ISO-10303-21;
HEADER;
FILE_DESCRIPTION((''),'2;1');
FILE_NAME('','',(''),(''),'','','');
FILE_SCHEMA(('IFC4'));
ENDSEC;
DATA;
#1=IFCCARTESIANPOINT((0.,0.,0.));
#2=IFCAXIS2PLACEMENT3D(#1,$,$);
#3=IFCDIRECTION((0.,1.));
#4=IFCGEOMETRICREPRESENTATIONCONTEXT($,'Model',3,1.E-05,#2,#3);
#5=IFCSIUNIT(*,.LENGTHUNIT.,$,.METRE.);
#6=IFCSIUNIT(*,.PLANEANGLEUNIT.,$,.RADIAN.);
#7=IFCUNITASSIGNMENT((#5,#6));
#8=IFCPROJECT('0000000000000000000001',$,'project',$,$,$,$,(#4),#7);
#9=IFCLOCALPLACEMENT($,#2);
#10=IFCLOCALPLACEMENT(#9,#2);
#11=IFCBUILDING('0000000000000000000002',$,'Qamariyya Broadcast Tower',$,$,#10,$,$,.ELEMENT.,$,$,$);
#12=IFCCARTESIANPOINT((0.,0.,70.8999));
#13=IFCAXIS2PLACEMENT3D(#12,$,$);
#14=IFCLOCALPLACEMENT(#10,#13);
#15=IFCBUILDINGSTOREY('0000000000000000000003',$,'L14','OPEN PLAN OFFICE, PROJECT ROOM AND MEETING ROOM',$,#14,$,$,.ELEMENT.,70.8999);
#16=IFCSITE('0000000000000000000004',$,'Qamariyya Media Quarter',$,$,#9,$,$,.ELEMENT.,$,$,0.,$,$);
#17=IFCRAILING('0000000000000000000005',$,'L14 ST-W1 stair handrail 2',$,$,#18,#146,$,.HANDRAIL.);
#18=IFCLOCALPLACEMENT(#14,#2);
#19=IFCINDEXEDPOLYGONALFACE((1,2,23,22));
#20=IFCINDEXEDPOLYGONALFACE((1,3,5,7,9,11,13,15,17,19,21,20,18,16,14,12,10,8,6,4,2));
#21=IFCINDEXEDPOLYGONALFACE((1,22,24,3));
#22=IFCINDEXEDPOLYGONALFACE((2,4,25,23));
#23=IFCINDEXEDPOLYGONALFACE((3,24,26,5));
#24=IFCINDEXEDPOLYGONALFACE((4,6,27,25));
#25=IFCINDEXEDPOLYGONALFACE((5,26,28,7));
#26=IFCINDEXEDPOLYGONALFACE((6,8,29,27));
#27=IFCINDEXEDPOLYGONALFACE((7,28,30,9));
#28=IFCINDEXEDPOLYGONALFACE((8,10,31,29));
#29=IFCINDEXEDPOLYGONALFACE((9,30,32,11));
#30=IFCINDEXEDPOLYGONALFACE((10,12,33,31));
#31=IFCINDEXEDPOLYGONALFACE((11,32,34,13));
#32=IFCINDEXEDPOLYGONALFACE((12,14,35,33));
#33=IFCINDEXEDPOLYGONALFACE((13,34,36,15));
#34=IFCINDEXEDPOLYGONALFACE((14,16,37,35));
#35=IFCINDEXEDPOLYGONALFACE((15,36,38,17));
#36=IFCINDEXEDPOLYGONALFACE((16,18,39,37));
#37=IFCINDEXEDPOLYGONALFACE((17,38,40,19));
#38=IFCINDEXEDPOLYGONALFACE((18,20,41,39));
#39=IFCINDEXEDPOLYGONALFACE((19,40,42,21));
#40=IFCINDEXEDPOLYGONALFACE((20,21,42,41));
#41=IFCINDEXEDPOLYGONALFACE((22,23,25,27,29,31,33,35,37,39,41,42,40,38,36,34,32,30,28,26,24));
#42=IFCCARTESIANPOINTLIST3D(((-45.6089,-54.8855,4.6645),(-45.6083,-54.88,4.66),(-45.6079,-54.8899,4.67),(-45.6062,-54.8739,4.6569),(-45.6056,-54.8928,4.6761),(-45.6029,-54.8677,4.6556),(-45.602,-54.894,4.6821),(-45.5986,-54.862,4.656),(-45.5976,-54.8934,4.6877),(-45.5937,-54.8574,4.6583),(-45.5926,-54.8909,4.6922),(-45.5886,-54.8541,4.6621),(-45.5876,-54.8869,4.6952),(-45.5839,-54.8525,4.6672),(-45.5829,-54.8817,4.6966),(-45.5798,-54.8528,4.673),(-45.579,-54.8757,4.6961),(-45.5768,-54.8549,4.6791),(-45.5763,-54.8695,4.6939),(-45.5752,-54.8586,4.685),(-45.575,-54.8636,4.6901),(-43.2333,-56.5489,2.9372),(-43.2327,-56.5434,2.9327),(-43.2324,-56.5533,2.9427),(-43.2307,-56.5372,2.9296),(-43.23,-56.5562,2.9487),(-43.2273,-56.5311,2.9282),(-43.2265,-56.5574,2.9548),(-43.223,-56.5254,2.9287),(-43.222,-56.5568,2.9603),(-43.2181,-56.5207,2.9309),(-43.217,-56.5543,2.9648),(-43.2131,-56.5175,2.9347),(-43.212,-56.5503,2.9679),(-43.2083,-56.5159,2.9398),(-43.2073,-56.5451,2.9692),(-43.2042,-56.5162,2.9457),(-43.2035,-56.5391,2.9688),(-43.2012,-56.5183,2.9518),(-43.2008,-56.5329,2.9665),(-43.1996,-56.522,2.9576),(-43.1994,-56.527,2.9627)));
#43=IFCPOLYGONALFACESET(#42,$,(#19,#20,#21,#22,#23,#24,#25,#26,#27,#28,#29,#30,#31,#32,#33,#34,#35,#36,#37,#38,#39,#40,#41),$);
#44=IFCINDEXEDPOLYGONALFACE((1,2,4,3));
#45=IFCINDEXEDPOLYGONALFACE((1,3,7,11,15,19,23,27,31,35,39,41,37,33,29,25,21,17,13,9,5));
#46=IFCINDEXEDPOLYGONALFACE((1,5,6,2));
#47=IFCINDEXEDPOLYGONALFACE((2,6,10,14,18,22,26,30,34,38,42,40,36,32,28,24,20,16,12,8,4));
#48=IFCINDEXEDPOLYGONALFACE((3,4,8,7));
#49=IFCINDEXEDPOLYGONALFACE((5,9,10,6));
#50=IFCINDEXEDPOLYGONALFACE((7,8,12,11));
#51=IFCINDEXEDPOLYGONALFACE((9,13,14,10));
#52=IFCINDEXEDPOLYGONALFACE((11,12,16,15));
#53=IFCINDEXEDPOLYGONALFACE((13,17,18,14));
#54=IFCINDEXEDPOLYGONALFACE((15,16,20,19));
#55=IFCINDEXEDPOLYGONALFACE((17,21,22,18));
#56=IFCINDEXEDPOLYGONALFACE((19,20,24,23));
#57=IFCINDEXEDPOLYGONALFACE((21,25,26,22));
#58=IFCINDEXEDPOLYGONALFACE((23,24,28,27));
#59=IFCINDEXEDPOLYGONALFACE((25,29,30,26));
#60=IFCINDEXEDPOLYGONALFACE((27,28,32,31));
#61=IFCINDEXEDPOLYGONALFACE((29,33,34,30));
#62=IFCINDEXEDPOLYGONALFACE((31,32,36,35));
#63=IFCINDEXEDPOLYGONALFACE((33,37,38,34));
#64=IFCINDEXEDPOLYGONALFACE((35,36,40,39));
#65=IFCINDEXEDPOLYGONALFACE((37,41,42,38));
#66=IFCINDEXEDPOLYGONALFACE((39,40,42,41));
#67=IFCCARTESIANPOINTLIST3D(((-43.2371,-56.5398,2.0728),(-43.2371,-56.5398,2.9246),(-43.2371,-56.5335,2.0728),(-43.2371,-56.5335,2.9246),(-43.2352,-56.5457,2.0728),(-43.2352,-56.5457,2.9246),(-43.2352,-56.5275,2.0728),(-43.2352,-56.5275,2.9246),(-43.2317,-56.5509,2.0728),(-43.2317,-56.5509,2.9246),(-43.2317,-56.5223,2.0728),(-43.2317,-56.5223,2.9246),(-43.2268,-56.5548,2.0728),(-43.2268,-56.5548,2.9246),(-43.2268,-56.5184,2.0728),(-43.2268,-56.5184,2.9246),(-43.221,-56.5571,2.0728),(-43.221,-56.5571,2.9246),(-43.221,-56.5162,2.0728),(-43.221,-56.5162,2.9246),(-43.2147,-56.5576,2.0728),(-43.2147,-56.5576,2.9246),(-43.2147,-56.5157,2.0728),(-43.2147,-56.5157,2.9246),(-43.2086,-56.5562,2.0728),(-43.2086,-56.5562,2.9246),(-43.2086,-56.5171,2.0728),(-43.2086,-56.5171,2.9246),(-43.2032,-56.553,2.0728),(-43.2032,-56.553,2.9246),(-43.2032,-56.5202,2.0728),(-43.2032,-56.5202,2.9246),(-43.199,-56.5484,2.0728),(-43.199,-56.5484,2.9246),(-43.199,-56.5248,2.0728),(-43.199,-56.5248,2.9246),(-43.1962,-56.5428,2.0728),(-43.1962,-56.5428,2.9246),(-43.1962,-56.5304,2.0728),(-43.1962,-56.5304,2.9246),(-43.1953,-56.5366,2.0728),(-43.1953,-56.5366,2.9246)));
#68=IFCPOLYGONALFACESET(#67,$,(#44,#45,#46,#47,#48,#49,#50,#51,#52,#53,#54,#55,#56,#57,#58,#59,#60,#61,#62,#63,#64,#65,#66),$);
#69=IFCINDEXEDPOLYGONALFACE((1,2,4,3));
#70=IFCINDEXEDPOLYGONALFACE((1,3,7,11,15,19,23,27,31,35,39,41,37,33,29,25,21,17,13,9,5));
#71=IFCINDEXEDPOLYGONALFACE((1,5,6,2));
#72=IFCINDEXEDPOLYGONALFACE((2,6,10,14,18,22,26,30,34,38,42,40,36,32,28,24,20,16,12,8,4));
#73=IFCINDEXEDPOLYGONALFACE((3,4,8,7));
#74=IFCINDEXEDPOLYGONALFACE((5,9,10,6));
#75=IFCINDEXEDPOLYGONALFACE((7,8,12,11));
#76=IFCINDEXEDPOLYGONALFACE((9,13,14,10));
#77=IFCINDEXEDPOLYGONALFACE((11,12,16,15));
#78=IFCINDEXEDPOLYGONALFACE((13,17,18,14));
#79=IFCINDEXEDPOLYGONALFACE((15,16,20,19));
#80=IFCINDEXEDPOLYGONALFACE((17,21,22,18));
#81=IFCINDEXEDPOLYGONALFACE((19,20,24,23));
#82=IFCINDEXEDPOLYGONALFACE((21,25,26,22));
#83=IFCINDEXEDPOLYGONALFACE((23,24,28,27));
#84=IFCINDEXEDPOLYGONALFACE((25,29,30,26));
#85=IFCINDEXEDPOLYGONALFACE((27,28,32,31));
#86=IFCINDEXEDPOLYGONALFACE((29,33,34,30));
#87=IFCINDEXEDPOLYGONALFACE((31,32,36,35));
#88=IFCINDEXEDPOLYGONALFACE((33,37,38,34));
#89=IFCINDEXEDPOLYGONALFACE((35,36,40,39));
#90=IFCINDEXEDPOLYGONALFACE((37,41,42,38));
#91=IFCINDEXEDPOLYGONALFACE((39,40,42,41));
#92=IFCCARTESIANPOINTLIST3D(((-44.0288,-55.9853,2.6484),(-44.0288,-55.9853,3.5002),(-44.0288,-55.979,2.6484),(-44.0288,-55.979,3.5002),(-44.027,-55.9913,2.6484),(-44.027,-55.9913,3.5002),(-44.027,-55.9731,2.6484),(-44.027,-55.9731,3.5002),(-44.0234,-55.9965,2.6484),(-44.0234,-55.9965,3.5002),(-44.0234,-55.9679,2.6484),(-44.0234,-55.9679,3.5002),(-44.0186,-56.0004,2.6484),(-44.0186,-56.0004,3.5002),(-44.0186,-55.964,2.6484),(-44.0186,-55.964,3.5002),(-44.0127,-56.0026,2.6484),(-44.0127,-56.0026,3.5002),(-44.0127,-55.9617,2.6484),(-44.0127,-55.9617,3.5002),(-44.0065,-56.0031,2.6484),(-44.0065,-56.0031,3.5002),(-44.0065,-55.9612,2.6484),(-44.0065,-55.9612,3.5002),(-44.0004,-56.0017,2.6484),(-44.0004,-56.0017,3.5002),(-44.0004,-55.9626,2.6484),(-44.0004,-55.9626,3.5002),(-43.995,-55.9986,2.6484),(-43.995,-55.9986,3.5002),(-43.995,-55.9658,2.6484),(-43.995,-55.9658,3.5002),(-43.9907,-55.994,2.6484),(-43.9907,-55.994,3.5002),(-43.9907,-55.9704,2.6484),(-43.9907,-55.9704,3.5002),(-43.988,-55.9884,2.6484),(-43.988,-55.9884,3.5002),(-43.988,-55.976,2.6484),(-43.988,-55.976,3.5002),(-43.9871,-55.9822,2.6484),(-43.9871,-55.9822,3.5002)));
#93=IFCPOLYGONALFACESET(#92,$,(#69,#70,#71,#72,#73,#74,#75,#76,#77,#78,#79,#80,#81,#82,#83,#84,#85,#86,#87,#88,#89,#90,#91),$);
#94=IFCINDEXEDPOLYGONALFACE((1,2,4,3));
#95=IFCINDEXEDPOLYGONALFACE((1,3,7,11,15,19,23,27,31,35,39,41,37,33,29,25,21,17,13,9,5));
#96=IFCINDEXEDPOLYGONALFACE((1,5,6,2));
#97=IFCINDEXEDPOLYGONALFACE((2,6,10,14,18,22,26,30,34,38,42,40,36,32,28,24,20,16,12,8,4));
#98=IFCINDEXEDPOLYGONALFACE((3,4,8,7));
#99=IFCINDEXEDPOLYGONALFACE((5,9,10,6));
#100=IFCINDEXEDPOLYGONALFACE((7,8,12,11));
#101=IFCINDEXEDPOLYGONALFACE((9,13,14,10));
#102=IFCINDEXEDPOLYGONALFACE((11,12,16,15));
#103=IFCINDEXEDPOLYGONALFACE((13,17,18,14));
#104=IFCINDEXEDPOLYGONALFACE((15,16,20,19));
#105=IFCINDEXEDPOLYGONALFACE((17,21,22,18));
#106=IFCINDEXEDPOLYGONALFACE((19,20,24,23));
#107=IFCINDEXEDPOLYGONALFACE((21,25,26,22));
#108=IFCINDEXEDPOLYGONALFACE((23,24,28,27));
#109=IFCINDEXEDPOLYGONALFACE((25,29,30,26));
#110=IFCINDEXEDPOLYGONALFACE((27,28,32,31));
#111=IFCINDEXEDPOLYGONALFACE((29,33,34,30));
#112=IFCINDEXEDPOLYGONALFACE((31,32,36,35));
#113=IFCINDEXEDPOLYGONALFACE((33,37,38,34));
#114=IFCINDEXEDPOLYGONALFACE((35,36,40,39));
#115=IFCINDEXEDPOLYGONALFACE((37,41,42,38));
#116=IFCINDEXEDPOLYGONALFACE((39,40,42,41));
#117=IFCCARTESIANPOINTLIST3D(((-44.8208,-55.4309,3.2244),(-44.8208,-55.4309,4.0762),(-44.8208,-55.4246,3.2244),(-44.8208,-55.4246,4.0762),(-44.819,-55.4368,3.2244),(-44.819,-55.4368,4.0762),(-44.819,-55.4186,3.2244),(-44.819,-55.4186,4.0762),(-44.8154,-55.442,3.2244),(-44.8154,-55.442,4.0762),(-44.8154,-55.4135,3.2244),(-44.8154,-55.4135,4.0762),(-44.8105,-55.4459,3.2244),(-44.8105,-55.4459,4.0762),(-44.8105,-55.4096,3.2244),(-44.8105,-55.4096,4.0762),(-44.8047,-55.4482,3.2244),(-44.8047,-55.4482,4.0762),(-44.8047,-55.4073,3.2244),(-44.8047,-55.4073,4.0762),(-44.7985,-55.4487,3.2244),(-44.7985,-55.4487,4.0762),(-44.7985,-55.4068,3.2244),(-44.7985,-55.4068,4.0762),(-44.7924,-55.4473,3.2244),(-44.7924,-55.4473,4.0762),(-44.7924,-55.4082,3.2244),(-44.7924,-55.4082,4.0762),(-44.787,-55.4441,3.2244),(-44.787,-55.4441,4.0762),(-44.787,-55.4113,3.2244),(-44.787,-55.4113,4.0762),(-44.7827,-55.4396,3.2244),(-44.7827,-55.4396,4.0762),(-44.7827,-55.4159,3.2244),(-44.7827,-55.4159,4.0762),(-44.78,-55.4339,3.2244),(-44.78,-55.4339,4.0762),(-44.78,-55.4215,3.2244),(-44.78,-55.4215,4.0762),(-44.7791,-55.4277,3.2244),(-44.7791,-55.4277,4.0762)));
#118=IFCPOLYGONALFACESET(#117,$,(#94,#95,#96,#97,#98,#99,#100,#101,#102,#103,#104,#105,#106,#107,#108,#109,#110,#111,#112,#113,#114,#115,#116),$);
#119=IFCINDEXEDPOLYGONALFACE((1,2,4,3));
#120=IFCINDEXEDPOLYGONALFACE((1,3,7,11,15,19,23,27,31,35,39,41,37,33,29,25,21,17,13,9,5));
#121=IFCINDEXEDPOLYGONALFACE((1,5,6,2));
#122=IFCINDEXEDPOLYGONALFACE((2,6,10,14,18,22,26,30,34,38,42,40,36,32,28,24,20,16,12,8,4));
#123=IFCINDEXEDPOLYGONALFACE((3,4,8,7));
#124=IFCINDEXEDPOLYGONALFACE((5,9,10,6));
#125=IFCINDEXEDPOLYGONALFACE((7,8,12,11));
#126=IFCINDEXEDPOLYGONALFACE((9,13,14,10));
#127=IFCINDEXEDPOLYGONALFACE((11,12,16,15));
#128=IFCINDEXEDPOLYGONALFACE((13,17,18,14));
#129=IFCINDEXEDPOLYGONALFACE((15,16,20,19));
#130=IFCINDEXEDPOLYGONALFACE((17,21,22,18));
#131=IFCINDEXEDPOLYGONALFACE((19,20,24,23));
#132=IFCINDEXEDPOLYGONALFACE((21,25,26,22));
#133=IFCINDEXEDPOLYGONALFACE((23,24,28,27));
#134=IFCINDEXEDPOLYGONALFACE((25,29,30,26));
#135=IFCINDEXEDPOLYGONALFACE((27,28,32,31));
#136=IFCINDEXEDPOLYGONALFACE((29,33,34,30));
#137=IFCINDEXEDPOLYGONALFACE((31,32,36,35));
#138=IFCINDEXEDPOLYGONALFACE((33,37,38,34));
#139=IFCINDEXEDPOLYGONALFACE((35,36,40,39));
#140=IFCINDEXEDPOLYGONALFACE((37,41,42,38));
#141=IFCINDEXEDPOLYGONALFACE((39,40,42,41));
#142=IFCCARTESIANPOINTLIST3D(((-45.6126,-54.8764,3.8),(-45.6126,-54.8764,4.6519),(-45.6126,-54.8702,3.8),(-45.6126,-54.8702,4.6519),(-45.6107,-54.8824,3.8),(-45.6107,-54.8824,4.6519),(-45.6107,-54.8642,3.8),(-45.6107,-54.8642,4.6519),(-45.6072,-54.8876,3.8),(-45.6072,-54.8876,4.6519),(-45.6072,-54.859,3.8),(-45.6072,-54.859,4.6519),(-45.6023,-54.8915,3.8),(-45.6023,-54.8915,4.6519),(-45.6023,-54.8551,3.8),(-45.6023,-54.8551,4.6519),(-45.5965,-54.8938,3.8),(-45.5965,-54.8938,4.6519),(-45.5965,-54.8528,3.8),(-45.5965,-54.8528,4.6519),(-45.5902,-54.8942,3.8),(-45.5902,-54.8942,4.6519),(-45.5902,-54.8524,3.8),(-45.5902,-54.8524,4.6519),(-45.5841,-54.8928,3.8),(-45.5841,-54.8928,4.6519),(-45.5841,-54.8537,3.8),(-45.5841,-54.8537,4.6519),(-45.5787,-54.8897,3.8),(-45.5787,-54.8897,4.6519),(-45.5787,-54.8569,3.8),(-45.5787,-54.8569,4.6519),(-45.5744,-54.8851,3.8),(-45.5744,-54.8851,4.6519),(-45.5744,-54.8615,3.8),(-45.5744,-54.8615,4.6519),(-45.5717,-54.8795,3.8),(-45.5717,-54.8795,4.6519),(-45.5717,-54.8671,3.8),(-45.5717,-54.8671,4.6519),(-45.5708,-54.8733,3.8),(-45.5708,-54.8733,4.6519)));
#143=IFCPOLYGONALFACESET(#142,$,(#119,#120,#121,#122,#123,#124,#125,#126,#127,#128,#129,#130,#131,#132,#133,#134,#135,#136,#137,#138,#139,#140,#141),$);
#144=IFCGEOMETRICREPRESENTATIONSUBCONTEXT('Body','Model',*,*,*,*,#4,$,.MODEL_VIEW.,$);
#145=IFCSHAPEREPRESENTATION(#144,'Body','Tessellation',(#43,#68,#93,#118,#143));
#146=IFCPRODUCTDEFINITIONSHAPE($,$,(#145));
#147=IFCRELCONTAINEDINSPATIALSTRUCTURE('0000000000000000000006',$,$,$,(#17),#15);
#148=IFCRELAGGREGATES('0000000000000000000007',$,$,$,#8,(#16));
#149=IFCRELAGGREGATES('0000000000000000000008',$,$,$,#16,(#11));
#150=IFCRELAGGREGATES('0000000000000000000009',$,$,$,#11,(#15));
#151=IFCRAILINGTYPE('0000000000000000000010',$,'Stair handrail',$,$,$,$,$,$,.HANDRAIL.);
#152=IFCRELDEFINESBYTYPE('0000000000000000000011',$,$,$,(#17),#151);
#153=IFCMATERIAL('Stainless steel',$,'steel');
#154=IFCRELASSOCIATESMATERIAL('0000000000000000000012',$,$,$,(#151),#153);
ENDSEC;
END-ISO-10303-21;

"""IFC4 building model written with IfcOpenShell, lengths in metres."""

from ifc_helpers import new_model, si_unit, direction, frame, origin, origin_2d, place, context, subcontext, project, spatial, circle, extrude, material, type_object, element, save


model = new_model("IFC4")

# Units and contexts
model_context = context("Model", 3, precision=1e-05, world=origin(), true_north=direction((0.0, 1.0)))
body_context = subcontext(model_context, "Body", "Model", "MODEL_VIEW")
ifc_project = project(units=[si_unit("LENGTHUNIT", "METRE"), si_unit("PLANEANGLEUNIT", "RADIAN")], contexts=[model_context])

# Site, building, storey
site_placement = place(None, origin())
site = spatial("IfcSite", under=ifc_project, at=site_placement, Name="Qamariyya Media Quarter", CompositionType="ELEMENT", RefElevation=0.0)
building_placement = place(site_placement, origin())
building = spatial("IfcBuilding", under=site, at=building_placement, Name="Qamariyya Broadcast Tower", CompositionType="ELEMENT")
storey_placement = place(building_placement, frame((0.0, 0.0, 70.8999)))
storey = spatial("IfcBuildingStorey", under=building, at=storey_placement, Name="L14", Description="OPEN PLAN OFFICE, PROJECT ROOM AND MEETING ROOM", CompositionType="ELEMENT", Elevation=70.8999)

# Railing
ifc_material_1 = material(Name="Stainless steel", Category="steel")
railing_type_1 = type_object("IfcRailingType", Name="Stair handrail", PredefinedType="HANDRAIL", material=ifc_material_1)
railing_1_placement = place(storey_placement, frame((-43.2163, -56.5366, 2.0728)))
element("IfcRailing", 1, at=railing_1_placement, inside=storey, type_object=railing_type_1, Name="L14 ST-W1 stair handrail 2", PredefinedType="HANDRAIL", context=body_context, shape_type="SweptSolid", body=[
    extrude(circle(Radius=0.0239, at=origin_2d()), frame((0.0, 0.0, 0.876), z_axis=(-0.70377, 0.492784, 0.511734), x_axis=(-0.573575, -0.819153, 0.0)), (0.0, 0.0, 1.0), 3.3755),
    extrude(circle(Radius=0.021, at=origin_2d()), origin(), (0.0, 0.0, 1.0), 0.8518),
    extrude(circle(Radius=0.021, at=origin_2d()), frame((-0.7917, 0.5544, 0.5757)), (0.0, 0.0, 1.0), 0.8518),
    extrude(circle(Radius=0.021, at=origin_2d()), frame((-1.5837, 1.1089, 1.1516)), (0.0, 0.0, 1.0), 0.8518),
    extrude(circle(Radius=0.021, at=origin_2d()), frame((-2.3755, 1.6633, 1.7273)), (0.0, 0.0, 1.0), 0.8518),
])

save(model, "model.ifc")
